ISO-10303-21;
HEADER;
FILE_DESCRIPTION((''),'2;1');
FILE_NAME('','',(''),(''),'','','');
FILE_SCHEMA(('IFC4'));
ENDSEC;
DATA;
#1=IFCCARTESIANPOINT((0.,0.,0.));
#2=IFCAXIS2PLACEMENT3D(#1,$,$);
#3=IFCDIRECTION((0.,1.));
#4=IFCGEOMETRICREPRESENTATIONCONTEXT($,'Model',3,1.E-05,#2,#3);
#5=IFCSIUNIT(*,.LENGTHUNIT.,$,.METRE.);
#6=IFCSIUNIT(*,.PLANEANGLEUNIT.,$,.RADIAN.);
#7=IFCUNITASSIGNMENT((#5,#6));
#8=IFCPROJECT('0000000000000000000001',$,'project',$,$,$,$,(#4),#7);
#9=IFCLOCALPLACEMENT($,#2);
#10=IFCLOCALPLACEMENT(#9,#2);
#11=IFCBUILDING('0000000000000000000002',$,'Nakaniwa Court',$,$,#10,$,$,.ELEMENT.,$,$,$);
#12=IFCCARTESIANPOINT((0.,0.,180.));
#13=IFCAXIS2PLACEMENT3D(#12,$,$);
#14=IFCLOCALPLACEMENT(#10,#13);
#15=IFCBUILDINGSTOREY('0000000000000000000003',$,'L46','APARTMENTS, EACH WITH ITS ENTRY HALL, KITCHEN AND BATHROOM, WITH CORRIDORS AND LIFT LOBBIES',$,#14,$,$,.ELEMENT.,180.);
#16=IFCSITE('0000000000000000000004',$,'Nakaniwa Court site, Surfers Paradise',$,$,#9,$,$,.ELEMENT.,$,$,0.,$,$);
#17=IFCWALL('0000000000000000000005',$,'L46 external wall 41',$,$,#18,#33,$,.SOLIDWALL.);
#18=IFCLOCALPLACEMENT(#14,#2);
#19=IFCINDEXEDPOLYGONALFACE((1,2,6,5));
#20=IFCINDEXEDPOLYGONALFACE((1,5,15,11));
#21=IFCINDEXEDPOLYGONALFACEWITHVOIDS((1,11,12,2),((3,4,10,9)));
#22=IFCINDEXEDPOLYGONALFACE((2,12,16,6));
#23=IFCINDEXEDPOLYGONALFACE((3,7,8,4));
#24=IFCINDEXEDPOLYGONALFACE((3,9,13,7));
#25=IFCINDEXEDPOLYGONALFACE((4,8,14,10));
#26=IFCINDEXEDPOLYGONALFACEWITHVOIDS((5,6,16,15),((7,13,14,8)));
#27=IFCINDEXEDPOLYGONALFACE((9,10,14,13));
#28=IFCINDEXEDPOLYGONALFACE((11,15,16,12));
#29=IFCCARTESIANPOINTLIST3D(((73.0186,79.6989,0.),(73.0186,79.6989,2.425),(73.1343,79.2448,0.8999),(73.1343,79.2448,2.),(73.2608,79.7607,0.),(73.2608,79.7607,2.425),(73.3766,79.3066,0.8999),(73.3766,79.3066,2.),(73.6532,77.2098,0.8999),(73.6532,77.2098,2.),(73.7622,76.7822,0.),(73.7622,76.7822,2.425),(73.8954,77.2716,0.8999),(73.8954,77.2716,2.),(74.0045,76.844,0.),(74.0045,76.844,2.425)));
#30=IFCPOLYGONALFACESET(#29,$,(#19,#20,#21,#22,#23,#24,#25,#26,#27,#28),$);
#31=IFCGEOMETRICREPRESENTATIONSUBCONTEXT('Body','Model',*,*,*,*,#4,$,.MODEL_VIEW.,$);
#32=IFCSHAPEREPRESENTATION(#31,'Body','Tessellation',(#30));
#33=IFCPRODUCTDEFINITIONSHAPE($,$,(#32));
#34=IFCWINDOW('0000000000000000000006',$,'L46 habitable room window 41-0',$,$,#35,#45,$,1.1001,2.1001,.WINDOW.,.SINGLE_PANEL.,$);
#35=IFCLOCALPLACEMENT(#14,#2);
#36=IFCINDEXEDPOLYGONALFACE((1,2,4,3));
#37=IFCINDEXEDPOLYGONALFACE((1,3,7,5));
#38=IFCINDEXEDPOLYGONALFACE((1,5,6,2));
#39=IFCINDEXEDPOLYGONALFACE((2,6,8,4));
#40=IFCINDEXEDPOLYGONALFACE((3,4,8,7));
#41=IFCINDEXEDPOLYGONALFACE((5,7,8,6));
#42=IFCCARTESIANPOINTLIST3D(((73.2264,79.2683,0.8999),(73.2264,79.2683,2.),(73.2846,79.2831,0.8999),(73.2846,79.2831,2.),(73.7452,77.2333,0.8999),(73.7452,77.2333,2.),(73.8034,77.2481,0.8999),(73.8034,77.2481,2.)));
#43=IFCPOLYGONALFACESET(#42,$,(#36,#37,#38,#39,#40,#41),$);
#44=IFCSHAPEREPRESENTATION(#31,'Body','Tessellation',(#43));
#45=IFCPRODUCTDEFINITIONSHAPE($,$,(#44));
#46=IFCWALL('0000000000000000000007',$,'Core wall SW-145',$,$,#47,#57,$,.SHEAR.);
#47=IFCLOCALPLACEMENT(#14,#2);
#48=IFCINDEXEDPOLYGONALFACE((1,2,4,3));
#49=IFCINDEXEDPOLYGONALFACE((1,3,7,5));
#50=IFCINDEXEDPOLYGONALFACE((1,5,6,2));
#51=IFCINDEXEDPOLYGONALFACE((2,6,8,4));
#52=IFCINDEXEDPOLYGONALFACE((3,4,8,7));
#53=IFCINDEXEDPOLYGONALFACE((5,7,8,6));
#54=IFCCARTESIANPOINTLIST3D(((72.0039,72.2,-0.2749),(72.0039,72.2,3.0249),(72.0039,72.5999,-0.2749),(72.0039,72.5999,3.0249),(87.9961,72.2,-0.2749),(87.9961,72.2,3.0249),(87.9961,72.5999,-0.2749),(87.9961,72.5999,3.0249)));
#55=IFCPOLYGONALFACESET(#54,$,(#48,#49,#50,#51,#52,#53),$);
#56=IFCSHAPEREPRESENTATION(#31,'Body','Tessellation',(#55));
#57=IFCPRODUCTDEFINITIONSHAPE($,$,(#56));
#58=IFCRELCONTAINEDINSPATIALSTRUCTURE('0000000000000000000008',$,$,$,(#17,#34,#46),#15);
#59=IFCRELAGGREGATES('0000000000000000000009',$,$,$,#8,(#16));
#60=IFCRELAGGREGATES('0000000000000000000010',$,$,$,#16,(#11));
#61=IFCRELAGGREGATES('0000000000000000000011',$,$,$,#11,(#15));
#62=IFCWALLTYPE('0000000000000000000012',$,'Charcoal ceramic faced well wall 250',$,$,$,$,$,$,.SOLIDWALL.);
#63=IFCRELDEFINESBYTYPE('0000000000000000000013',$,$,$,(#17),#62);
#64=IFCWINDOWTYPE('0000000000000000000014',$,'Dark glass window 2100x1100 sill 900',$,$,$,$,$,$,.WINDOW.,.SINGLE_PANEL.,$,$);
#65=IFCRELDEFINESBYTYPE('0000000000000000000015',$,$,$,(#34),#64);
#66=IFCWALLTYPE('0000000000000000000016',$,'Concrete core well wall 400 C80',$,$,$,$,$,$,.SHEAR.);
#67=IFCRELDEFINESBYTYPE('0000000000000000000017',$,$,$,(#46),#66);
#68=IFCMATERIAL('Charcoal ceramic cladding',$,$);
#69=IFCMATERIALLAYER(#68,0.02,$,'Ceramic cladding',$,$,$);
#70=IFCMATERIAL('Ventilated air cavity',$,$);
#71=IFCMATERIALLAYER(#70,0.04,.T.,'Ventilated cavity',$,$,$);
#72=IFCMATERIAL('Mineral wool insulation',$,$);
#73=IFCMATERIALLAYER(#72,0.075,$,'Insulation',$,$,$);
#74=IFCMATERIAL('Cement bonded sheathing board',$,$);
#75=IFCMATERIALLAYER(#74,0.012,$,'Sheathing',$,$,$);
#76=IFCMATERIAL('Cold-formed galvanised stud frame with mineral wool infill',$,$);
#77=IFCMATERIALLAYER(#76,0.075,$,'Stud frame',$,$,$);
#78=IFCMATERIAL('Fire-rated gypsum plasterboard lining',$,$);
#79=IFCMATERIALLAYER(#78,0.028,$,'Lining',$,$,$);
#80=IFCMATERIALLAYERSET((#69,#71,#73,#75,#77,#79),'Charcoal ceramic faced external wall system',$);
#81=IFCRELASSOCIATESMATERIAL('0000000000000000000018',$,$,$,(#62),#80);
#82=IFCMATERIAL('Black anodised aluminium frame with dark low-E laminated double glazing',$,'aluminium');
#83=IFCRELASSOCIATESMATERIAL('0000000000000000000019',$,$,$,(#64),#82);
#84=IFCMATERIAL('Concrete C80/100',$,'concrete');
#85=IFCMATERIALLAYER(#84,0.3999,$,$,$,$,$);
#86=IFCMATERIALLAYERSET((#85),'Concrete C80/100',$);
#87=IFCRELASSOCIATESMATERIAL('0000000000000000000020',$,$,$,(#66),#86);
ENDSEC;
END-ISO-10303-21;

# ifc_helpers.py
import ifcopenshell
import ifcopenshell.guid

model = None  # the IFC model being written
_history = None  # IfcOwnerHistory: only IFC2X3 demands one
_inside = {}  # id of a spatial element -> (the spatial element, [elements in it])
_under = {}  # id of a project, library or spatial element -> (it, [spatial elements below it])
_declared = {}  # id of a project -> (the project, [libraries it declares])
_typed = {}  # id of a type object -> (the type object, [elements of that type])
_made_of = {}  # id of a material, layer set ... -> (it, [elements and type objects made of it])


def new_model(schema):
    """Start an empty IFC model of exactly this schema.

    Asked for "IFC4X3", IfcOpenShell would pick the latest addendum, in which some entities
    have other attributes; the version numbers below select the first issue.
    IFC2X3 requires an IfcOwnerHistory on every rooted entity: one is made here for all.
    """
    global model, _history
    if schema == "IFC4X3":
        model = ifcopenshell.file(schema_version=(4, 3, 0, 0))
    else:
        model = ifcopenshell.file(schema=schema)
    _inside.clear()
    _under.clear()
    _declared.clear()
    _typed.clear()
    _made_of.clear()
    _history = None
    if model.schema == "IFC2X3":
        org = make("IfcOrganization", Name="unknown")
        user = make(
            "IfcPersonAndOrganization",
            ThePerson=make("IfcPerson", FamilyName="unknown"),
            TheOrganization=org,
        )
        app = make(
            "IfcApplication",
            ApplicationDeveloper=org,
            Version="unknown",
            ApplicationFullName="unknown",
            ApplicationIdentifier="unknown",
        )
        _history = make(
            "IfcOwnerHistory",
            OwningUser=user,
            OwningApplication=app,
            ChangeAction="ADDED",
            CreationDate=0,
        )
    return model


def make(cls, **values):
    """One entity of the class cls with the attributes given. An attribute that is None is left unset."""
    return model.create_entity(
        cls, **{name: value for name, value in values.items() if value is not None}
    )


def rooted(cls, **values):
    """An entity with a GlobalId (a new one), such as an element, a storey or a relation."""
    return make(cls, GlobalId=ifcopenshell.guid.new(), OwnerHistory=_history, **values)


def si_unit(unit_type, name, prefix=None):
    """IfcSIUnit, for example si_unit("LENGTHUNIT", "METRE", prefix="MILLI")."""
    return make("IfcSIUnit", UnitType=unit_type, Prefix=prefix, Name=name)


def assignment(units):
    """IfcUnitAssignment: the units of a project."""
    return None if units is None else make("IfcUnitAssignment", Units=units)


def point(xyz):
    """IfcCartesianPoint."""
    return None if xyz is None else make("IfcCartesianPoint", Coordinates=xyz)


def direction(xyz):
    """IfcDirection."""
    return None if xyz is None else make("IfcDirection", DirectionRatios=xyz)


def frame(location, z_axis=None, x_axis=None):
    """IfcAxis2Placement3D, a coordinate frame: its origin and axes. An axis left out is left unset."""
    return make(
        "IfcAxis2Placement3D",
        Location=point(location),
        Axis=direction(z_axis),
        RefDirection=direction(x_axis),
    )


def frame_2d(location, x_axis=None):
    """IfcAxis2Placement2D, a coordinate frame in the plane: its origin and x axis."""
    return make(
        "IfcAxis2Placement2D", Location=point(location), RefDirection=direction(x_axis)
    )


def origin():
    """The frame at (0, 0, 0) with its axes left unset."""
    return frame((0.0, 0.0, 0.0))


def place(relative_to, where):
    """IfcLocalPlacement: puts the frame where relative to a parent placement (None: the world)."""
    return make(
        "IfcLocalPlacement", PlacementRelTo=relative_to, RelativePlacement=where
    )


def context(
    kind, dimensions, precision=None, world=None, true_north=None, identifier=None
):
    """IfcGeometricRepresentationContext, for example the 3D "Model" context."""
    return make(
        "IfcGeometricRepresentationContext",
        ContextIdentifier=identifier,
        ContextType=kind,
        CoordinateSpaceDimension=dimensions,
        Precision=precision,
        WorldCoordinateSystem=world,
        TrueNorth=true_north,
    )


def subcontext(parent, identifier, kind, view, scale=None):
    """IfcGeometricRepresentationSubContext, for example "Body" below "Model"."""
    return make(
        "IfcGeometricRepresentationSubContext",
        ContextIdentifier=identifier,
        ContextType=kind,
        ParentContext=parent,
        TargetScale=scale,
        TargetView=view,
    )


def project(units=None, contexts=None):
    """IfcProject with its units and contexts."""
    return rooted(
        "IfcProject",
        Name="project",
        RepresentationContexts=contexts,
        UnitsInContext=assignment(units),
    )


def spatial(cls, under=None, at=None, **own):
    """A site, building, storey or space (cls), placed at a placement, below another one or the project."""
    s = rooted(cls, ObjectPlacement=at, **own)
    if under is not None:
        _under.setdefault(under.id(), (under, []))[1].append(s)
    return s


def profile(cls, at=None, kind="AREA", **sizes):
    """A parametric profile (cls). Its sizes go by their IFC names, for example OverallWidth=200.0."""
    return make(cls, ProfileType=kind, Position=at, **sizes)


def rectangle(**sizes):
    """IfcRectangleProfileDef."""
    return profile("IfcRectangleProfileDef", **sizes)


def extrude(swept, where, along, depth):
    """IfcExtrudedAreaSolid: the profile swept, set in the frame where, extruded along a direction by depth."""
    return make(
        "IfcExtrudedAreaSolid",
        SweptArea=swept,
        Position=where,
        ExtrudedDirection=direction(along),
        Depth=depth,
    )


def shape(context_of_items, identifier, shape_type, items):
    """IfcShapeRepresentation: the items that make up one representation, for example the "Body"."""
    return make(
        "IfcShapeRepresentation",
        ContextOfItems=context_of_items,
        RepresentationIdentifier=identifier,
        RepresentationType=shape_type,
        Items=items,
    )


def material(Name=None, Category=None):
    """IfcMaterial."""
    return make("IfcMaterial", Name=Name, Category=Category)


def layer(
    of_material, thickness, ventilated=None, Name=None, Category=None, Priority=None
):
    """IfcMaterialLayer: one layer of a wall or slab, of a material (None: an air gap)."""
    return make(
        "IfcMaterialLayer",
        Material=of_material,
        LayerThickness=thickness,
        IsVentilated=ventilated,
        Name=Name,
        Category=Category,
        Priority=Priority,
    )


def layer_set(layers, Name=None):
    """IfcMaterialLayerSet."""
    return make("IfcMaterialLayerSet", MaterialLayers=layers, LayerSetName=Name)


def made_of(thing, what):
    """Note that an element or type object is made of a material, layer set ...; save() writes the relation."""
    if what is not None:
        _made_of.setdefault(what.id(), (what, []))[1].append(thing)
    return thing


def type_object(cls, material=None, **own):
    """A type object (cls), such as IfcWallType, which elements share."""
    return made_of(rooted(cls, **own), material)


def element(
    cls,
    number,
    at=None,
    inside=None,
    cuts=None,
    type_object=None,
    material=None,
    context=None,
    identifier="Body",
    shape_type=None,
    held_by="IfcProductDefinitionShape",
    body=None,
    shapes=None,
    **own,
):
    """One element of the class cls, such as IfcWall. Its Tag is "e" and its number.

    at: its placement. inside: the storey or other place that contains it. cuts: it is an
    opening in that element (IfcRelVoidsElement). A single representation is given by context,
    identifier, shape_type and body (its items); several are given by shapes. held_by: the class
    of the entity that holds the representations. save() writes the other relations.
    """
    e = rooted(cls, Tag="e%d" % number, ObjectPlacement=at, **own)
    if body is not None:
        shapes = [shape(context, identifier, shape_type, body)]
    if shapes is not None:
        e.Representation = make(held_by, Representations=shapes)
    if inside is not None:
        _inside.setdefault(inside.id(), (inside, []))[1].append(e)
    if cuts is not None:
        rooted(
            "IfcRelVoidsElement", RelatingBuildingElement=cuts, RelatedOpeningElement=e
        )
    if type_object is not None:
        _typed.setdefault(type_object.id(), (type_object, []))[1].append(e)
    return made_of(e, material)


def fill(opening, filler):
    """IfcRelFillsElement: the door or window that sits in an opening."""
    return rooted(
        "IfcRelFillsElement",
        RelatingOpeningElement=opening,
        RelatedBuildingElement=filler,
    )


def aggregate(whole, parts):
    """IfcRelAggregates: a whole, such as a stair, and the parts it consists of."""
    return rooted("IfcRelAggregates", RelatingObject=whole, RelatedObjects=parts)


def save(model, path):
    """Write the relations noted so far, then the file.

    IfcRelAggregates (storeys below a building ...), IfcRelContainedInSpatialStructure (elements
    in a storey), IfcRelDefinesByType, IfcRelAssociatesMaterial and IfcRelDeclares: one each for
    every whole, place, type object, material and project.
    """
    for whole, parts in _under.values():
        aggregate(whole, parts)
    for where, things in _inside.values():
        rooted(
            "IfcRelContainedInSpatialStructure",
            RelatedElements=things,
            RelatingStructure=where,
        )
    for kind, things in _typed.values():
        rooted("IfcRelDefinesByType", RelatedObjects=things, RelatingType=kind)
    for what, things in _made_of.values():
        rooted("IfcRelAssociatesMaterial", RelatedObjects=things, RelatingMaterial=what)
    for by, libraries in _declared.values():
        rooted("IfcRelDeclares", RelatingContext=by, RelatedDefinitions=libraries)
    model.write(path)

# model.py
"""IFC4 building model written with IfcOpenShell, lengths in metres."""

from ifc_helpers import new_model, si_unit, direction, frame, frame_2d, origin, place, context, subcontext, project, spatial, rectangle, extrude, material, layer, layer_set, type_object, element, fill, save


model = new_model("IFC4")

# Units and contexts
model_context = context("Model", 3, precision=1e-05, world=origin(), true_north=direction((0.0, 1.0)))
body_context = subcontext(model_context, "Body", "Model", "MODEL_VIEW")
ifc_project = project(units=[si_unit("LENGTHUNIT", "METRE"), si_unit("PLANEANGLEUNIT", "RADIAN")], contexts=[model_context])

# Site, building, storey
site_placement = place(None, origin())
site = spatial("IfcSite", under=ifc_project, at=site_placement, Name="Nakaniwa Court site, Surfers Paradise", CompositionType="ELEMENT", RefElevation=0.0)
building_placement = place(site_placement, origin())
building = spatial("IfcBuilding", under=site, at=building_placement, Name="Nakaniwa Court", CompositionType="ELEMENT")
storey_placement = place(building_placement, frame((0.0, 0.0, 180.0)))
storey = spatial("IfcBuildingStorey", under=building, at=storey_placement, Name="L46", Description="APARTMENTS, EACH WITH ITS ENTRY HALL, KITCHEN AND BATHROOM, WITH CORRIDORS AND LIFT LOBBIES", CompositionType="ELEMENT", Elevation=180.0)

# Shared definitions
ifc_material_1 = material(Name="Concrete C80/100", Category="concrete")

# Wall, opening, window
ifc_material_2 = material(Name="Charcoal ceramic cladding")
ifc_layer_1 = layer(ifc_material_2, 0.02, Name="Ceramic cladding")
ifc_material_3 = material(Name="Ventilated air cavity")
ifc_layer_2 = layer(ifc_material_3, 0.04, ventilated=True, Name="Ventilated cavity")
ifc_material_4 = material(Name="Mineral wool insulation")
ifc_layer_3 = layer(ifc_material_4, 0.075, Name="Insulation")
ifc_material_5 = material(Name="Cement bonded sheathing board")
ifc_layer_4 = layer(ifc_material_5, 0.012, Name="Sheathing")
ifc_material_6 = material(Name="Cold-formed galvanised stud frame with mineral wool infill")
ifc_layer_5 = layer(ifc_material_6, 0.075, Name="Stud frame")
ifc_material_7 = material(Name="Fire-rated gypsum plasterboard lining")
ifc_layer_6 = layer(ifc_material_7, 0.028, Name="Lining")
ifc_layer_set_1 = layer_set([ifc_layer_1, ifc_layer_2, ifc_layer_3, ifc_layer_4, ifc_layer_5, ifc_layer_6], Name="Charcoal ceramic faced external wall system")
wall_type_1 = type_object("IfcWallType", Name="Charcoal ceramic faced well wall 250", PredefinedType="SOLIDWALL", material=ifc_layer_set_1)
ifc_material_8 = material(Name="Black anodised aluminium frame with dark low-E laminated double glazing", Category="aluminium")
window_type = type_object("IfcWindowType", Name="Dark glass window 2100x1100 sill 900", PartitioningType="SINGLE_PANEL", PredefinedType="WINDOW", material=ifc_material_8)
wall_1_placement = place(storey_placement, frame((73.8833, 76.8132, 0.0), z_axis=(0.0, 0.0, 1.0), x_axis=(-0.247056, 0.969001, 0.0)))
wall_1 = element("IfcWall", 1, at=wall_1_placement, inside=storey, type_object=wall_type_1, Name="L46 external wall 41", PredefinedType="SOLIDWALL", context=body_context, shape_type="SweptSolid", body=[
    extrude(rectangle(XDim=3.01, YDim=0.25, at=frame_2d((1.5049, 0.0))), origin(), (0.0, 0.0, 1.0), 2.425),
])
opening_1_placement = place(wall_1_placement, frame((0.4412, 0.0, 0.8999)))
opening_1 = element("IfcOpeningElement", 2, at=opening_1_placement, cuts=wall_1, PredefinedType="OPENING", context=body_context, shape_type="SweptSolid", body=[
    extrude(rectangle(XDim=2.1001, YDim=1.1001, at=frame_2d((1.05, 0.55))), frame((0.0, 0.135, 0.0), z_axis=(0.0, -1.0, 0.0), x_axis=(1.0, 0.0, 0.0)), (0.0, 0.0, 1.0), 0.27),
])
window_1_placement = place(opening_1_placement, origin())
window_1 = element("IfcWindow", 3, at=window_1_placement, inside=storey, type_object=window_type, Name="L46 habitable room window 41-0", OverallHeight=1.1001, OverallWidth=2.1001, PartitioningType="SINGLE_PANEL", PredefinedType="WINDOW", context=body_context, shape_type="SweptSolid", body=[
    extrude(rectangle(XDim=2.1001, YDim=1.1001, at=frame_2d((1.05, 0.55))), frame((0.0, 0.03, 0.0), z_axis=(0.0, -1.0, 0.0), x_axis=(1.0, 0.0, 0.0)), (0.0, 0.0, 1.0), 0.0601),
])
fill(opening_1, window_1)

# Wall
ifc_layer_7 = layer(ifc_material_1, 0.3999)
ifc_layer_set_2 = layer_set([ifc_layer_7], Name="Concrete C80/100")
wall_type_2 = type_object("IfcWallType", Name="Concrete core well wall 400 C80", PredefinedType="SHEAR", material=ifc_layer_set_2)
wall_2_placement = place(storey_placement, frame((72.0039, 72.3999, -0.2749), z_axis=(0.0, 0.0, 1.0), x_axis=(1.0, 0.0, 0.0)))
element("IfcWall", 4, at=wall_2_placement, inside=storey, type_object=wall_type_2, Name="Core wall SW-145", PredefinedType="SHEAR", context=body_context, shape_type="SweptSolid", body=[
    extrude(rectangle(XDim=15.9922, YDim=0.3999, at=frame_2d((7.9961, 0.0))), origin(), (0.0, 0.0, 1.0), 3.2998),
])

save(model, "model.ifc")
